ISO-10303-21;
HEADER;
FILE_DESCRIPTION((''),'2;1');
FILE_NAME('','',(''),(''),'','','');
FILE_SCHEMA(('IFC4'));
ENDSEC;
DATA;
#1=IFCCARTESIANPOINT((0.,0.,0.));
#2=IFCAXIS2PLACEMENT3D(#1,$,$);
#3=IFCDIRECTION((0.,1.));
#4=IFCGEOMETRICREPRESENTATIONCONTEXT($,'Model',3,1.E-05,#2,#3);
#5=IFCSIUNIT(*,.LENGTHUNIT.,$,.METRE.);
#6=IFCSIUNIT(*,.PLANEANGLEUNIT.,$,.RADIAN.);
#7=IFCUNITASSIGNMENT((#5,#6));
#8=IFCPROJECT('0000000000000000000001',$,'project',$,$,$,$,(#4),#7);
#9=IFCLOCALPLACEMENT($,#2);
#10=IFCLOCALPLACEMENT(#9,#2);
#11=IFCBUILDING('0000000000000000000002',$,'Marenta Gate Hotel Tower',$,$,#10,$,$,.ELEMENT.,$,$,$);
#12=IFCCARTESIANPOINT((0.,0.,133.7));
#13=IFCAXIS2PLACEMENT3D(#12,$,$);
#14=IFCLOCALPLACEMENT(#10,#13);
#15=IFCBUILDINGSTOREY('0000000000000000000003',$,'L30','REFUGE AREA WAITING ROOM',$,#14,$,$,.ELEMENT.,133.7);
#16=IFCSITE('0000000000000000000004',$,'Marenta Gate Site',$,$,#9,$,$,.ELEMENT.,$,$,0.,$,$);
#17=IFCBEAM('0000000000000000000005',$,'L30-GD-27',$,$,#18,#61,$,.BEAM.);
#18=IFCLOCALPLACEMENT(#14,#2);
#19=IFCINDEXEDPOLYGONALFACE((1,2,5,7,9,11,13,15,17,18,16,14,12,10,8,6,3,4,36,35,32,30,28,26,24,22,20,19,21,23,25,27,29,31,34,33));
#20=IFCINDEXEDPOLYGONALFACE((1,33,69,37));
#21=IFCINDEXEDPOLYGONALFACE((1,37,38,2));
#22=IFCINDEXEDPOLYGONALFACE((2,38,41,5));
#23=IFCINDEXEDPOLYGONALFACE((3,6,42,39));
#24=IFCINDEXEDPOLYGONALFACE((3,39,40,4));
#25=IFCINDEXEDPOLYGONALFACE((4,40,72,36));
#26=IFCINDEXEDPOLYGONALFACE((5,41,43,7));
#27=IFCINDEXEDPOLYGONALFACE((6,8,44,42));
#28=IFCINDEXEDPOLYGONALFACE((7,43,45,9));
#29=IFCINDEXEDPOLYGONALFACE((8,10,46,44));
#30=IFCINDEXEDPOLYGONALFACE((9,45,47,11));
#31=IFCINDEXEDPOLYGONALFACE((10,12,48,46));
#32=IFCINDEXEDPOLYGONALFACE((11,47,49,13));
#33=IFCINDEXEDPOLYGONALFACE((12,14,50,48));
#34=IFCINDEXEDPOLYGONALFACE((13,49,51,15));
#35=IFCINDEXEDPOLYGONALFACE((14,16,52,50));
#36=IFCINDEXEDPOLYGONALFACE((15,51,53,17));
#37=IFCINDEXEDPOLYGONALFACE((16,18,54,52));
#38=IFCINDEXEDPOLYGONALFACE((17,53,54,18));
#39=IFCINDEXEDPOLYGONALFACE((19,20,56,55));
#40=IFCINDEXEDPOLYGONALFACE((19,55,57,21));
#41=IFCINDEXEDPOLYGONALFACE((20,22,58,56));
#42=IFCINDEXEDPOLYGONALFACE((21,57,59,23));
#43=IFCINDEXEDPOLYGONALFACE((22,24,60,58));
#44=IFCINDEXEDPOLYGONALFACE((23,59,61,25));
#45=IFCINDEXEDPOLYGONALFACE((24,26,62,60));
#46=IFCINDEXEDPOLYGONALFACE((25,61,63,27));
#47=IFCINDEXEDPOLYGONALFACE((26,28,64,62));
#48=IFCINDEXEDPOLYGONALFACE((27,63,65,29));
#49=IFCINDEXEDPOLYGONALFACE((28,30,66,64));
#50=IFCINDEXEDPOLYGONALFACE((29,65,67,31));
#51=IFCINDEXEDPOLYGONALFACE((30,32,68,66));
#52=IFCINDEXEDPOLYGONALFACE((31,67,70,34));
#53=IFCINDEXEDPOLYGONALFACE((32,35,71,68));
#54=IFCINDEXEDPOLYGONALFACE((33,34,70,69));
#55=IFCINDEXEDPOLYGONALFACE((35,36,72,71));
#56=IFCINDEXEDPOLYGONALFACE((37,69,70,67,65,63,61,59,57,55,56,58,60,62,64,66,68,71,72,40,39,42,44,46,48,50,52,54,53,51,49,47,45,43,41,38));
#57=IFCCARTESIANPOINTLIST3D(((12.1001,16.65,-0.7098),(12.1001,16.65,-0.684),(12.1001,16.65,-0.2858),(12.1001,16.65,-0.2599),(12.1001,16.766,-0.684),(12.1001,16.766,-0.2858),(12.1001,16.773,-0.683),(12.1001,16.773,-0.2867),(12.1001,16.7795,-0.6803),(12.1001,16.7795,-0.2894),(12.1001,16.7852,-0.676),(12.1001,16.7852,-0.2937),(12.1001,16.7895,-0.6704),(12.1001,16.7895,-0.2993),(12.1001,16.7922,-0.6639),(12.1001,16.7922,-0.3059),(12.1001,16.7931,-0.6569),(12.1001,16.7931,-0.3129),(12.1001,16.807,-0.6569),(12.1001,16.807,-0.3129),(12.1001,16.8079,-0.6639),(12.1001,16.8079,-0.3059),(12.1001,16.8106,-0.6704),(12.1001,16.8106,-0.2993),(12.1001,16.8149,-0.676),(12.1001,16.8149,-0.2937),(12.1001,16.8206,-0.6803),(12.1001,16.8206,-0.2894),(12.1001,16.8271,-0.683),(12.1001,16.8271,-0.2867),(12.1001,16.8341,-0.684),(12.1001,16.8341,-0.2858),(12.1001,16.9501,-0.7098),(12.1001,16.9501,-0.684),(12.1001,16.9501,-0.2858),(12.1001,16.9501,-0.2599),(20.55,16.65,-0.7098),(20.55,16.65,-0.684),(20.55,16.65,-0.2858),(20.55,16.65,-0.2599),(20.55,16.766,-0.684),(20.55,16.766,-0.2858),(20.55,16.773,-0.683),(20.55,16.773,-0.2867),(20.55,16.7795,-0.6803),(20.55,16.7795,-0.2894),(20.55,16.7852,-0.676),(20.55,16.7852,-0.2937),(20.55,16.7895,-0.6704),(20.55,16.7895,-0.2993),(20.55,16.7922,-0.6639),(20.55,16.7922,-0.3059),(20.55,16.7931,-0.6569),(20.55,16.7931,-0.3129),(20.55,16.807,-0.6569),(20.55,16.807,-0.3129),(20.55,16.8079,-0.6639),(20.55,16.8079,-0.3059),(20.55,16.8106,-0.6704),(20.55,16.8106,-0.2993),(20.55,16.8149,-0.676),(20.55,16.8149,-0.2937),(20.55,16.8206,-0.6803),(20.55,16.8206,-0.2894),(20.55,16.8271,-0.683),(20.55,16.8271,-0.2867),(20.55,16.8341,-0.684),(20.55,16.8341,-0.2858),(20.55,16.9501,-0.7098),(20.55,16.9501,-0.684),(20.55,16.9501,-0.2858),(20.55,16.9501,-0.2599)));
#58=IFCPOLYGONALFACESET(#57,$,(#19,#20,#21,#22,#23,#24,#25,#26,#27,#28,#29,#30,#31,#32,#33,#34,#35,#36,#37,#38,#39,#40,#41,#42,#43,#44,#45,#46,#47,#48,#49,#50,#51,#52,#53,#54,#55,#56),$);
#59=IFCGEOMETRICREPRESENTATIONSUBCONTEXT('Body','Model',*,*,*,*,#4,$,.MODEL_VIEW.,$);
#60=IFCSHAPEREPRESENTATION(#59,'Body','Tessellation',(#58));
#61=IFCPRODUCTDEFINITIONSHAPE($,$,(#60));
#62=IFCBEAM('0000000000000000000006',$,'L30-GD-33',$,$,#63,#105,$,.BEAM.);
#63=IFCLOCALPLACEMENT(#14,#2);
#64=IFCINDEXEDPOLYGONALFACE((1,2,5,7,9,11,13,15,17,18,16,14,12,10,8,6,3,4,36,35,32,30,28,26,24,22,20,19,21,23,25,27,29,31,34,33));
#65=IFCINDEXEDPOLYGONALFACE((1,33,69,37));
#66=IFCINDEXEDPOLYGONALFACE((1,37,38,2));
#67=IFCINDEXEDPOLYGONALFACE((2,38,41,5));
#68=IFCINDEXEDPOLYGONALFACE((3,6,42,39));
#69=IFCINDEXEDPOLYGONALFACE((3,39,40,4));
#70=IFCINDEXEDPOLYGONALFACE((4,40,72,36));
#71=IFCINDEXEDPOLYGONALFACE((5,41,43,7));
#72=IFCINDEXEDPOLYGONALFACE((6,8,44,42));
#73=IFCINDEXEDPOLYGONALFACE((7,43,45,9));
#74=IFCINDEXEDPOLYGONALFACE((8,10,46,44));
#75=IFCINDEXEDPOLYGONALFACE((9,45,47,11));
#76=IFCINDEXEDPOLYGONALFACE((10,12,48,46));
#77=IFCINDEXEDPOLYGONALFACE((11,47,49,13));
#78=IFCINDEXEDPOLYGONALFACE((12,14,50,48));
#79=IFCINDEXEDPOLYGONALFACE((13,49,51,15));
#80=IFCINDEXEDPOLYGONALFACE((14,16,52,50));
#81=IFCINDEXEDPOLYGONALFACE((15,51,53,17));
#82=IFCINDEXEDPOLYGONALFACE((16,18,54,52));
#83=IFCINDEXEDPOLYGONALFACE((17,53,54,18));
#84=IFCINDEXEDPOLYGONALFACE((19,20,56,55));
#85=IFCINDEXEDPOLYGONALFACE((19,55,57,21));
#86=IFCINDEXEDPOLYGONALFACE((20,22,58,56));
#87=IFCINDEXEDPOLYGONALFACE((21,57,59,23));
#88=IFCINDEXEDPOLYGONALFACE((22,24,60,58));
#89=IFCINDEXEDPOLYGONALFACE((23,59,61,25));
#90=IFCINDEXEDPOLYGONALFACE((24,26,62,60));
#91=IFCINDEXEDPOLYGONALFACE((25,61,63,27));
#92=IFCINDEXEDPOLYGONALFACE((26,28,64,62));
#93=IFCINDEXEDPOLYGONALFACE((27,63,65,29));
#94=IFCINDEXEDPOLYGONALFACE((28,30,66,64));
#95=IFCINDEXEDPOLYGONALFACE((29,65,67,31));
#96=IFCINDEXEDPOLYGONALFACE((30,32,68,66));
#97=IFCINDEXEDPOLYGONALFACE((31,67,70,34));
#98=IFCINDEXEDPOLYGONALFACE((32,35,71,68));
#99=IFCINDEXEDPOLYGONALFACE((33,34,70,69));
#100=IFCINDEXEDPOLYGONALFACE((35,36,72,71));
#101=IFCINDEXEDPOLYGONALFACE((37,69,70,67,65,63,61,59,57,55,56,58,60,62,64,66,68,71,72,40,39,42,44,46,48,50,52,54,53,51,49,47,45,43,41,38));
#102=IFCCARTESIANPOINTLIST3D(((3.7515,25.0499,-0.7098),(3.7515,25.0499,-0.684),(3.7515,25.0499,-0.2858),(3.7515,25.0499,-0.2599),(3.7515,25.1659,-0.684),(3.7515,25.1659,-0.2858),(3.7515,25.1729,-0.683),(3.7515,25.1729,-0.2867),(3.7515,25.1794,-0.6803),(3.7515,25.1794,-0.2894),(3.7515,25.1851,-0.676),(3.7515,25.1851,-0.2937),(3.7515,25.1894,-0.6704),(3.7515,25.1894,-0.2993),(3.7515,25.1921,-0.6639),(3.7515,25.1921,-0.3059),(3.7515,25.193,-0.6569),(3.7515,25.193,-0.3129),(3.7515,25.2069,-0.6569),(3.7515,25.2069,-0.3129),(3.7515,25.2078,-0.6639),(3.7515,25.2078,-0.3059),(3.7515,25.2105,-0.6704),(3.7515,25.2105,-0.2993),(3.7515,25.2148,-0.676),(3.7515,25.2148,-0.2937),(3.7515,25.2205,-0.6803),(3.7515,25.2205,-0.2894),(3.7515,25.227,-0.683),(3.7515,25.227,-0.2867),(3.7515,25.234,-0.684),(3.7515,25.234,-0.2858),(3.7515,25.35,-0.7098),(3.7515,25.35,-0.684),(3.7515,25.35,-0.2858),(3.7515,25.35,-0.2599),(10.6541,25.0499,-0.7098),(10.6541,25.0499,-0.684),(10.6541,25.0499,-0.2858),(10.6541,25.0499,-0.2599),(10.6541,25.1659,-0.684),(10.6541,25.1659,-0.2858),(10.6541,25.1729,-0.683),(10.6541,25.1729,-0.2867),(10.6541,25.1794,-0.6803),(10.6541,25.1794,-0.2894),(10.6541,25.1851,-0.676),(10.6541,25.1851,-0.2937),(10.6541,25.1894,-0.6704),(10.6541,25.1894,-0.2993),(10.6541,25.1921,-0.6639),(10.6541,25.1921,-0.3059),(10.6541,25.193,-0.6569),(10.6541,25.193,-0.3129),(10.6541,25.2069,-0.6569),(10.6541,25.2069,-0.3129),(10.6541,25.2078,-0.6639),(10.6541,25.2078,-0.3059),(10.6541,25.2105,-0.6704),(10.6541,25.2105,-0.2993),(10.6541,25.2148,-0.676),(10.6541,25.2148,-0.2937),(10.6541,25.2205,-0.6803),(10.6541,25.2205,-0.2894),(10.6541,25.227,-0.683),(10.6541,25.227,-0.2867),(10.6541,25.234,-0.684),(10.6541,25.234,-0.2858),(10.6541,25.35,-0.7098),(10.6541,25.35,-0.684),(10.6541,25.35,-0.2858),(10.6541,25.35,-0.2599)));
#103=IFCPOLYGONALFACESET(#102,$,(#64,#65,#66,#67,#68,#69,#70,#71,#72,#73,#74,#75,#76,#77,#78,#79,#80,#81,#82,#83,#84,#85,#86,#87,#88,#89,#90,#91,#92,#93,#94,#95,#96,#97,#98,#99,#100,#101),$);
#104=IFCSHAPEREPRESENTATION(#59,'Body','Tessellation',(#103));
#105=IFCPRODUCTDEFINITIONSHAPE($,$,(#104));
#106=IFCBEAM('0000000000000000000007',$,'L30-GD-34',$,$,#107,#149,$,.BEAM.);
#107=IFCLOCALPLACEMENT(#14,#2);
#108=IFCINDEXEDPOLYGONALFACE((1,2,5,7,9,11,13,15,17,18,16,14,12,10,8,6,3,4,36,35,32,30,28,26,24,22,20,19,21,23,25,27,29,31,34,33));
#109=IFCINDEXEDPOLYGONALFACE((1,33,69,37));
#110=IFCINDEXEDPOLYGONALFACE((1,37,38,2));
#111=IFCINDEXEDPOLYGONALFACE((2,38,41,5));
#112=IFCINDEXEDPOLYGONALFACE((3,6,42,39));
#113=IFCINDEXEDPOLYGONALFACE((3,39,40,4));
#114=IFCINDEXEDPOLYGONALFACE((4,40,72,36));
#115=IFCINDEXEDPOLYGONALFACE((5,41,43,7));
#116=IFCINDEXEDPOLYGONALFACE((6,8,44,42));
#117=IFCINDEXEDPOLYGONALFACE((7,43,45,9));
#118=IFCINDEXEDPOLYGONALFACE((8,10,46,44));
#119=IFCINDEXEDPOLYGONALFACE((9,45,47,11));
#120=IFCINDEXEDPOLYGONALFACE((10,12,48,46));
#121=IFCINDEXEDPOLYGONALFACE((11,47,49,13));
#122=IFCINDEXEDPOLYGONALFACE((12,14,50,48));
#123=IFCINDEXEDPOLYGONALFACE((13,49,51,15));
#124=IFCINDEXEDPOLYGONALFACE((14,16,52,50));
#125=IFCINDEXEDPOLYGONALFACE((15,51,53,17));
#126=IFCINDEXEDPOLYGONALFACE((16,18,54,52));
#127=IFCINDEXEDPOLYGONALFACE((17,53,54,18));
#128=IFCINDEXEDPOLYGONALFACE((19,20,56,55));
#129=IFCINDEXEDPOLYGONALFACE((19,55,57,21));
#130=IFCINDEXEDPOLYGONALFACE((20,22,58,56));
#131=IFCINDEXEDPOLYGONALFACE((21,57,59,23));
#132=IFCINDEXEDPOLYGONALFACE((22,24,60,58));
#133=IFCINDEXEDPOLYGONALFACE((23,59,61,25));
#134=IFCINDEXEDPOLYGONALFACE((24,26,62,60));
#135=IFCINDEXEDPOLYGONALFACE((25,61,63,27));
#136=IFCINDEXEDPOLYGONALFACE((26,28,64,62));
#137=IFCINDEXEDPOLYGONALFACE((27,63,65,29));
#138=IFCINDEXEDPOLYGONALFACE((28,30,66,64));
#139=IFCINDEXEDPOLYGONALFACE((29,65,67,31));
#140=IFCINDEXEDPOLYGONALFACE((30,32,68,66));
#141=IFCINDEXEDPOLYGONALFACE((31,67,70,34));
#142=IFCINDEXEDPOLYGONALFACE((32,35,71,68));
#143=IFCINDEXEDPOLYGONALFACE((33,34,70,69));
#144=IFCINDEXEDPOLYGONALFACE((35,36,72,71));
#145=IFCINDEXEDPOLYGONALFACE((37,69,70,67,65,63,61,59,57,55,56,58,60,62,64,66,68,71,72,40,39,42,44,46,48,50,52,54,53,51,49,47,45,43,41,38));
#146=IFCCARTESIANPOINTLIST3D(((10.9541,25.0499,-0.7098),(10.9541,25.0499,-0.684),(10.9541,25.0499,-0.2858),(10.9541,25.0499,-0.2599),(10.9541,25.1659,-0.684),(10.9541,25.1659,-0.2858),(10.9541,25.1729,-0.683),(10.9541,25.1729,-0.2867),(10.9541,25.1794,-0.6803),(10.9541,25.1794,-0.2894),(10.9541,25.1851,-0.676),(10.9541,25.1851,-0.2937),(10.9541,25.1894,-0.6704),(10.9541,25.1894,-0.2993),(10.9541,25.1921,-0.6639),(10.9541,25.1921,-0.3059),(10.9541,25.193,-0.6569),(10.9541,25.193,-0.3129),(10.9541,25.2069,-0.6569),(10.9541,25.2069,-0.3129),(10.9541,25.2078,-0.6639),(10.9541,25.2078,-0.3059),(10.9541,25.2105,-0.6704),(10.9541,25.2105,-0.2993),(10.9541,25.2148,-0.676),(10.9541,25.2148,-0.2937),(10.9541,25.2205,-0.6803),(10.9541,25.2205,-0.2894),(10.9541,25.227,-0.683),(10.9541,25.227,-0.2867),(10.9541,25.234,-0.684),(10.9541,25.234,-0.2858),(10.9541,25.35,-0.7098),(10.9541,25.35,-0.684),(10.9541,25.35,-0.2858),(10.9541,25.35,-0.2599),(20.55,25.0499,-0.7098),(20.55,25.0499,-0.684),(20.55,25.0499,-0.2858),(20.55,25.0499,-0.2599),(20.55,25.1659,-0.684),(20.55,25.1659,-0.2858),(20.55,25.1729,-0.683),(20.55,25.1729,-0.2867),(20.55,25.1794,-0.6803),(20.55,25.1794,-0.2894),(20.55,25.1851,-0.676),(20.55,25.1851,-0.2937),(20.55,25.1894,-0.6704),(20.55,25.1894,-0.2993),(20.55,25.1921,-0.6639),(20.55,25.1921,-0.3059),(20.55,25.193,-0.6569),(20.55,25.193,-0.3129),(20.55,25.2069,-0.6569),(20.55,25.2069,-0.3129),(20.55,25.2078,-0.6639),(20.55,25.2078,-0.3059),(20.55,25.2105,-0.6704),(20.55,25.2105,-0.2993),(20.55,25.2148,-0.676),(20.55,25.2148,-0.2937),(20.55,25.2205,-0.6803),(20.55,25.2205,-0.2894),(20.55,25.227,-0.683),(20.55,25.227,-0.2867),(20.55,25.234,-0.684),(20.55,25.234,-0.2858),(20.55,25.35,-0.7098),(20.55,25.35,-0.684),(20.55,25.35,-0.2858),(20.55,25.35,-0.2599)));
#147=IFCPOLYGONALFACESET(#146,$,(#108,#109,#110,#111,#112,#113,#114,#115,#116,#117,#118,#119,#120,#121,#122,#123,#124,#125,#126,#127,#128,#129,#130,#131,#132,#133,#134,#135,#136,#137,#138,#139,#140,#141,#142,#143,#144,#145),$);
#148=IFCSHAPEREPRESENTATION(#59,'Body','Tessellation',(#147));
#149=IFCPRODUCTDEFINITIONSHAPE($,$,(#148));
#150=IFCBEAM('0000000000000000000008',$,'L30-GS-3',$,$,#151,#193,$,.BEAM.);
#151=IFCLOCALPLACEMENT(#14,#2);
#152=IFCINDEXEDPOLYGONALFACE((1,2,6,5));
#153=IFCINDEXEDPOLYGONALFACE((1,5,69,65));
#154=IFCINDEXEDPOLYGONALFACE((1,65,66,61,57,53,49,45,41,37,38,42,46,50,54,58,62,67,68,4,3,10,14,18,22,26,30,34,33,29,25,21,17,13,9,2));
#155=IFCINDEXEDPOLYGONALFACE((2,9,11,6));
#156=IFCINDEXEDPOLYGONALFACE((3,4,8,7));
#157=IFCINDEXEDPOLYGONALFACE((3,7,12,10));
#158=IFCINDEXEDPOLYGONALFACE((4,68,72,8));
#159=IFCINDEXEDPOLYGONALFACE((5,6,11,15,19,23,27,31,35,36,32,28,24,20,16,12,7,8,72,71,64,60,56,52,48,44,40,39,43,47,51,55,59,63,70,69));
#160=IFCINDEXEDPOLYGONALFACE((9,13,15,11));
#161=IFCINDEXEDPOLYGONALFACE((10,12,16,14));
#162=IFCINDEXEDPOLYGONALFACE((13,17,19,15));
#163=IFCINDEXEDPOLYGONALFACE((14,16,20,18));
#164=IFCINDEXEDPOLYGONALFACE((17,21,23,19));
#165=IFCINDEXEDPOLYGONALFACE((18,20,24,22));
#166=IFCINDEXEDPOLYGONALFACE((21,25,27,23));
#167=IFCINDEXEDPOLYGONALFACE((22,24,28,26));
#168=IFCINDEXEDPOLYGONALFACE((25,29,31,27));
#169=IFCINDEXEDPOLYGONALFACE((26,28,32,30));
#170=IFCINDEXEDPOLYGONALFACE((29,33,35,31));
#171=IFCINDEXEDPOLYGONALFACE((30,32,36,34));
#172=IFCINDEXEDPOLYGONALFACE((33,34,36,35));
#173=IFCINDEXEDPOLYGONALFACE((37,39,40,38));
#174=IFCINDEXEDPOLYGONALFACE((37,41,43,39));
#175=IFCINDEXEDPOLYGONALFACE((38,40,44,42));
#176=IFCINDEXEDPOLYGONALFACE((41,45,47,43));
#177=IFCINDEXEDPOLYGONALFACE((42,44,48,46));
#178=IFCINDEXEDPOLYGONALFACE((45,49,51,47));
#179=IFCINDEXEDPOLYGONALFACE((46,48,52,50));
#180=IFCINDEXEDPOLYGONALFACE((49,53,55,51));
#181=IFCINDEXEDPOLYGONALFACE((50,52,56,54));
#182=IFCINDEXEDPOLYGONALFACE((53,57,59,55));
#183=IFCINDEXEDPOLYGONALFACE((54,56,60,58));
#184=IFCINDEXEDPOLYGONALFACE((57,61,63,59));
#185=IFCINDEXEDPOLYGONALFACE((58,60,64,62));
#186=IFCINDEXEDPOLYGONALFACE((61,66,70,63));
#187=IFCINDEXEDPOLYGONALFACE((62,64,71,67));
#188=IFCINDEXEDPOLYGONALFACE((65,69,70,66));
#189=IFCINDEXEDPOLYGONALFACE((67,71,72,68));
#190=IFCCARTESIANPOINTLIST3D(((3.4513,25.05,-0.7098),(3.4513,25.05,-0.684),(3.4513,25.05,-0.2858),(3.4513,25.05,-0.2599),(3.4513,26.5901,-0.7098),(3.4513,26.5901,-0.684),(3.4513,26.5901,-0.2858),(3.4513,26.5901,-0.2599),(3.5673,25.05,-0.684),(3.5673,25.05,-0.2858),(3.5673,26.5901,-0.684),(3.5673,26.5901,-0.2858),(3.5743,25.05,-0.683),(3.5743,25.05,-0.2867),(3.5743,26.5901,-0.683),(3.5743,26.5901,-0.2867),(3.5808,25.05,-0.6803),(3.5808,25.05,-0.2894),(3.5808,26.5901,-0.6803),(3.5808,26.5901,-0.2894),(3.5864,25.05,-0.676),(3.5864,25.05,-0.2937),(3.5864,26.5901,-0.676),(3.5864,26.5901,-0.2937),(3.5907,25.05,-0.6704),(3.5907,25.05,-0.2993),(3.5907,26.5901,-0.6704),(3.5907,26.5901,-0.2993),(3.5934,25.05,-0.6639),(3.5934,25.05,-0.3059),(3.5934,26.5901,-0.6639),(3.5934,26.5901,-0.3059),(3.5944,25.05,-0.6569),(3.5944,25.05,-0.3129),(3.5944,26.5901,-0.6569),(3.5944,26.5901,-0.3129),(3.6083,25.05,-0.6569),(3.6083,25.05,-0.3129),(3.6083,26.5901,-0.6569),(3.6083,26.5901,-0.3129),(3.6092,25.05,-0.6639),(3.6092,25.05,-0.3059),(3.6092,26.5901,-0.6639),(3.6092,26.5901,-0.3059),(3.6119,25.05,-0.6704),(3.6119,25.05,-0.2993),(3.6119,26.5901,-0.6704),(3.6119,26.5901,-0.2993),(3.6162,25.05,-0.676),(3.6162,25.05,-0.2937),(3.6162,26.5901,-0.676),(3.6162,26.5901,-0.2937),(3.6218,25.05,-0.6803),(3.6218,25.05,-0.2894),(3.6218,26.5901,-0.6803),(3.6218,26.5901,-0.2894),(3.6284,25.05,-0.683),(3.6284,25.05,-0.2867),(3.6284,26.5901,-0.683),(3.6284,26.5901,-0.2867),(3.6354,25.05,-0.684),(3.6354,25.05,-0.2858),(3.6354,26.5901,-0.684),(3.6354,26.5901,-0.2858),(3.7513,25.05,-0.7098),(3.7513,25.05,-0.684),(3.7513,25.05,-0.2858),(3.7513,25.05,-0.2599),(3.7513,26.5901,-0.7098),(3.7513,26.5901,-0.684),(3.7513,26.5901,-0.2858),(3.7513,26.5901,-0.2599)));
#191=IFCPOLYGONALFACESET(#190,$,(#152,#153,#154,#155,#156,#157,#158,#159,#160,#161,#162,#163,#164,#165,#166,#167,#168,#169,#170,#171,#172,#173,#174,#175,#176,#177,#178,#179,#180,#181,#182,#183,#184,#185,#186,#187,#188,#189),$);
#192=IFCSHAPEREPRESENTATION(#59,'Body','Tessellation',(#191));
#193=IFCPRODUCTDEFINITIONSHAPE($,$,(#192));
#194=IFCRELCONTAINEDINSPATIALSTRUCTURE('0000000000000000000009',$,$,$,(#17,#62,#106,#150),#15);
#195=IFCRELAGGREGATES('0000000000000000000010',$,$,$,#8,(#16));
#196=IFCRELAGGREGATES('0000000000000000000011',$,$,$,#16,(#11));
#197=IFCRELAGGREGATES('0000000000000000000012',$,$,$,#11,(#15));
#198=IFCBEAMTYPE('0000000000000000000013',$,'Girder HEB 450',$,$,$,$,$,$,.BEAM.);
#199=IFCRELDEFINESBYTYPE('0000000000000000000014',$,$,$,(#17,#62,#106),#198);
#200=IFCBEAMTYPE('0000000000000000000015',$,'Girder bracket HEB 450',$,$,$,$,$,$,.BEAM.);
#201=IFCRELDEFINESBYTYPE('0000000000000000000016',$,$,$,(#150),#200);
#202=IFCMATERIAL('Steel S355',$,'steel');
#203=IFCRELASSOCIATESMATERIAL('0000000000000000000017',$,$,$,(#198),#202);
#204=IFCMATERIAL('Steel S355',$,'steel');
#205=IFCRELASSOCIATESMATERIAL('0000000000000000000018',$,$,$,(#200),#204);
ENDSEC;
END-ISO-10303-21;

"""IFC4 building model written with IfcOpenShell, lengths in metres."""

from ifc_helpers import new_model, si_unit, direction, frame, origin, origin_2d, place, context, subcontext, project, spatial, i_section, extrude, material, material_profile, profile_set, type_object, element, save


model = new_model("IFC4")

# Units and contexts
model_context = context("Model", 3, precision=1e-05, world=origin(), true_north=direction((0.0, 1.0)))
body_context = subcontext(model_context, "Body", "Model", "MODEL_VIEW")
ifc_project = project(units=[si_unit("LENGTHUNIT", "METRE"), si_unit("PLANEANGLEUNIT", "RADIAN")], contexts=[model_context])

# Site, building, storey
site_placement = place(None, origin())
site = spatial("IfcSite", under=ifc_project, at=site_placement, Name="Marenta Gate Site", CompositionType="ELEMENT", RefElevation=0.0)
building_placement = place(site_placement, origin())
building = spatial("IfcBuilding", under=site, at=building_placement, Name="Marenta Gate Hotel Tower", CompositionType="ELEMENT")
storey_placement = place(building_placement, frame((0.0, 0.0, 133.7)))
storey = spatial("IfcBuildingStorey", under=building, at=storey_placement, Name="L30", Description="REFUGE AREA WAITING ROOM", CompositionType="ELEMENT", Elevation=133.7)

# Beams
ifc_material_1 = material(Name="Steel S355", Category="steel")
ifc_material_profile_1 = material_profile(ifc_material_1, i_section(OverallWidth=0.3, OverallDepth=0.45, WebThickness=0.0139, FlangeThickness=0.0259, FilletRadius=0.0271, at=origin_2d()), Name="HEB 450")
ifc_profile_set_1 = profile_set([ifc_material_profile_1], Name="Steel S355")
beam_type_1 = type_object("IfcBeamType", Name="Girder HEB 450", PredefinedType="BEAM", material=ifc_profile_set_1)
beam_1_placement = place(storey_placement, frame((12.1001, 16.8, -0.4849), z_axis=(1.0, 0.0, 0.0), x_axis=(0.0, 1.0, 0.0)))
element("IfcBeam", 1, at=beam_1_placement, inside=storey, type_object=beam_type_1, Name="L30-GD-27", PredefinedType="BEAM", context=body_context, shape_type="SweptSolid", body=[
    extrude(i_section(OverallWidth=0.3, OverallDepth=0.45, WebThickness=0.0139, FlangeThickness=0.0259, FilletRadius=0.0271, at=origin_2d()), origin(), (0.0, 0.0, 1.0), 8.45),
])
beam_2_placement = place(storey_placement, frame((3.7515, 25.2, -0.4849), z_axis=(1.0, 0.0, 0.0), x_axis=(0.0, 1.0, 0.0)))
element("IfcBeam", 2, at=beam_2_placement, inside=storey, type_object=beam_type_1, Name="L30-GD-33", PredefinedType="BEAM", context=body_context, shape_type="SweptSolid", body=[
    extrude(i_section(OverallWidth=0.3, OverallDepth=0.45, WebThickness=0.0139, FlangeThickness=0.0259, FilletRadius=0.0271, at=origin_2d()), origin(), (0.0, 0.0, 1.0), 6.9026),
])
beam_3_placement = place(storey_placement, frame((10.9541, 25.2, -0.4849), z_axis=(1.0, 0.0, 0.0), x_axis=(0.0, 1.0, 0.0)))
element("IfcBeam", 3, at=beam_3_placement, inside=storey, type_object=beam_type_1, Name="L30-GD-34", PredefinedType="BEAM", context=body_context, shape_type="SweptSolid", body=[
    extrude(i_section(OverallWidth=0.3, OverallDepth=0.45, WebThickness=0.0139, FlangeThickness=0.0259, FilletRadius=0.0271, at=origin_2d()), origin(), (0.0, 0.0, 1.0), 9.5959),
])
ifc_material_2 = material(Name="Steel S355", Category="steel")
ifc_material_profile_2 = material_profile(ifc_material_2, i_section(OverallWidth=0.3, OverallDepth=0.45, WebThickness=0.0139, FlangeThickness=0.0259, FilletRadius=0.0271, at=origin_2d()), Name="HEB 450")
ifc_profile_set_2 = profile_set([ifc_material_profile_2], Name="Steel S355")
beam_type_2 = type_object("IfcBeamType", Name="Girder bracket HEB 450", PredefinedType="BEAM", material=ifc_profile_set_2)
for number, where, z_axis, x_axis, name in (
    (4, (3.6013, 25.05, -0.4849), (0.0, 1.0, 0.0), (-1.0, 0.0, 0.0), "L30-GS-3"),
):
    element("IfcBeam", number, at=place(storey_placement, frame(where, z_axis=z_axis, x_axis=x_axis)), inside=storey, type_object=beam_type_2, Name=name, PredefinedType="BEAM", context=body_context, shape_type="SweptSolid", body=[
        extrude(i_section(OverallWidth=0.3, OverallDepth=0.45, WebThickness=0.0139, FlangeThickness=0.0259, FilletRadius=0.0271, at=origin_2d()), origin(), (0.0, 0.0, 1.0), 1.54),
    ])

save(model, "model.ifc")
